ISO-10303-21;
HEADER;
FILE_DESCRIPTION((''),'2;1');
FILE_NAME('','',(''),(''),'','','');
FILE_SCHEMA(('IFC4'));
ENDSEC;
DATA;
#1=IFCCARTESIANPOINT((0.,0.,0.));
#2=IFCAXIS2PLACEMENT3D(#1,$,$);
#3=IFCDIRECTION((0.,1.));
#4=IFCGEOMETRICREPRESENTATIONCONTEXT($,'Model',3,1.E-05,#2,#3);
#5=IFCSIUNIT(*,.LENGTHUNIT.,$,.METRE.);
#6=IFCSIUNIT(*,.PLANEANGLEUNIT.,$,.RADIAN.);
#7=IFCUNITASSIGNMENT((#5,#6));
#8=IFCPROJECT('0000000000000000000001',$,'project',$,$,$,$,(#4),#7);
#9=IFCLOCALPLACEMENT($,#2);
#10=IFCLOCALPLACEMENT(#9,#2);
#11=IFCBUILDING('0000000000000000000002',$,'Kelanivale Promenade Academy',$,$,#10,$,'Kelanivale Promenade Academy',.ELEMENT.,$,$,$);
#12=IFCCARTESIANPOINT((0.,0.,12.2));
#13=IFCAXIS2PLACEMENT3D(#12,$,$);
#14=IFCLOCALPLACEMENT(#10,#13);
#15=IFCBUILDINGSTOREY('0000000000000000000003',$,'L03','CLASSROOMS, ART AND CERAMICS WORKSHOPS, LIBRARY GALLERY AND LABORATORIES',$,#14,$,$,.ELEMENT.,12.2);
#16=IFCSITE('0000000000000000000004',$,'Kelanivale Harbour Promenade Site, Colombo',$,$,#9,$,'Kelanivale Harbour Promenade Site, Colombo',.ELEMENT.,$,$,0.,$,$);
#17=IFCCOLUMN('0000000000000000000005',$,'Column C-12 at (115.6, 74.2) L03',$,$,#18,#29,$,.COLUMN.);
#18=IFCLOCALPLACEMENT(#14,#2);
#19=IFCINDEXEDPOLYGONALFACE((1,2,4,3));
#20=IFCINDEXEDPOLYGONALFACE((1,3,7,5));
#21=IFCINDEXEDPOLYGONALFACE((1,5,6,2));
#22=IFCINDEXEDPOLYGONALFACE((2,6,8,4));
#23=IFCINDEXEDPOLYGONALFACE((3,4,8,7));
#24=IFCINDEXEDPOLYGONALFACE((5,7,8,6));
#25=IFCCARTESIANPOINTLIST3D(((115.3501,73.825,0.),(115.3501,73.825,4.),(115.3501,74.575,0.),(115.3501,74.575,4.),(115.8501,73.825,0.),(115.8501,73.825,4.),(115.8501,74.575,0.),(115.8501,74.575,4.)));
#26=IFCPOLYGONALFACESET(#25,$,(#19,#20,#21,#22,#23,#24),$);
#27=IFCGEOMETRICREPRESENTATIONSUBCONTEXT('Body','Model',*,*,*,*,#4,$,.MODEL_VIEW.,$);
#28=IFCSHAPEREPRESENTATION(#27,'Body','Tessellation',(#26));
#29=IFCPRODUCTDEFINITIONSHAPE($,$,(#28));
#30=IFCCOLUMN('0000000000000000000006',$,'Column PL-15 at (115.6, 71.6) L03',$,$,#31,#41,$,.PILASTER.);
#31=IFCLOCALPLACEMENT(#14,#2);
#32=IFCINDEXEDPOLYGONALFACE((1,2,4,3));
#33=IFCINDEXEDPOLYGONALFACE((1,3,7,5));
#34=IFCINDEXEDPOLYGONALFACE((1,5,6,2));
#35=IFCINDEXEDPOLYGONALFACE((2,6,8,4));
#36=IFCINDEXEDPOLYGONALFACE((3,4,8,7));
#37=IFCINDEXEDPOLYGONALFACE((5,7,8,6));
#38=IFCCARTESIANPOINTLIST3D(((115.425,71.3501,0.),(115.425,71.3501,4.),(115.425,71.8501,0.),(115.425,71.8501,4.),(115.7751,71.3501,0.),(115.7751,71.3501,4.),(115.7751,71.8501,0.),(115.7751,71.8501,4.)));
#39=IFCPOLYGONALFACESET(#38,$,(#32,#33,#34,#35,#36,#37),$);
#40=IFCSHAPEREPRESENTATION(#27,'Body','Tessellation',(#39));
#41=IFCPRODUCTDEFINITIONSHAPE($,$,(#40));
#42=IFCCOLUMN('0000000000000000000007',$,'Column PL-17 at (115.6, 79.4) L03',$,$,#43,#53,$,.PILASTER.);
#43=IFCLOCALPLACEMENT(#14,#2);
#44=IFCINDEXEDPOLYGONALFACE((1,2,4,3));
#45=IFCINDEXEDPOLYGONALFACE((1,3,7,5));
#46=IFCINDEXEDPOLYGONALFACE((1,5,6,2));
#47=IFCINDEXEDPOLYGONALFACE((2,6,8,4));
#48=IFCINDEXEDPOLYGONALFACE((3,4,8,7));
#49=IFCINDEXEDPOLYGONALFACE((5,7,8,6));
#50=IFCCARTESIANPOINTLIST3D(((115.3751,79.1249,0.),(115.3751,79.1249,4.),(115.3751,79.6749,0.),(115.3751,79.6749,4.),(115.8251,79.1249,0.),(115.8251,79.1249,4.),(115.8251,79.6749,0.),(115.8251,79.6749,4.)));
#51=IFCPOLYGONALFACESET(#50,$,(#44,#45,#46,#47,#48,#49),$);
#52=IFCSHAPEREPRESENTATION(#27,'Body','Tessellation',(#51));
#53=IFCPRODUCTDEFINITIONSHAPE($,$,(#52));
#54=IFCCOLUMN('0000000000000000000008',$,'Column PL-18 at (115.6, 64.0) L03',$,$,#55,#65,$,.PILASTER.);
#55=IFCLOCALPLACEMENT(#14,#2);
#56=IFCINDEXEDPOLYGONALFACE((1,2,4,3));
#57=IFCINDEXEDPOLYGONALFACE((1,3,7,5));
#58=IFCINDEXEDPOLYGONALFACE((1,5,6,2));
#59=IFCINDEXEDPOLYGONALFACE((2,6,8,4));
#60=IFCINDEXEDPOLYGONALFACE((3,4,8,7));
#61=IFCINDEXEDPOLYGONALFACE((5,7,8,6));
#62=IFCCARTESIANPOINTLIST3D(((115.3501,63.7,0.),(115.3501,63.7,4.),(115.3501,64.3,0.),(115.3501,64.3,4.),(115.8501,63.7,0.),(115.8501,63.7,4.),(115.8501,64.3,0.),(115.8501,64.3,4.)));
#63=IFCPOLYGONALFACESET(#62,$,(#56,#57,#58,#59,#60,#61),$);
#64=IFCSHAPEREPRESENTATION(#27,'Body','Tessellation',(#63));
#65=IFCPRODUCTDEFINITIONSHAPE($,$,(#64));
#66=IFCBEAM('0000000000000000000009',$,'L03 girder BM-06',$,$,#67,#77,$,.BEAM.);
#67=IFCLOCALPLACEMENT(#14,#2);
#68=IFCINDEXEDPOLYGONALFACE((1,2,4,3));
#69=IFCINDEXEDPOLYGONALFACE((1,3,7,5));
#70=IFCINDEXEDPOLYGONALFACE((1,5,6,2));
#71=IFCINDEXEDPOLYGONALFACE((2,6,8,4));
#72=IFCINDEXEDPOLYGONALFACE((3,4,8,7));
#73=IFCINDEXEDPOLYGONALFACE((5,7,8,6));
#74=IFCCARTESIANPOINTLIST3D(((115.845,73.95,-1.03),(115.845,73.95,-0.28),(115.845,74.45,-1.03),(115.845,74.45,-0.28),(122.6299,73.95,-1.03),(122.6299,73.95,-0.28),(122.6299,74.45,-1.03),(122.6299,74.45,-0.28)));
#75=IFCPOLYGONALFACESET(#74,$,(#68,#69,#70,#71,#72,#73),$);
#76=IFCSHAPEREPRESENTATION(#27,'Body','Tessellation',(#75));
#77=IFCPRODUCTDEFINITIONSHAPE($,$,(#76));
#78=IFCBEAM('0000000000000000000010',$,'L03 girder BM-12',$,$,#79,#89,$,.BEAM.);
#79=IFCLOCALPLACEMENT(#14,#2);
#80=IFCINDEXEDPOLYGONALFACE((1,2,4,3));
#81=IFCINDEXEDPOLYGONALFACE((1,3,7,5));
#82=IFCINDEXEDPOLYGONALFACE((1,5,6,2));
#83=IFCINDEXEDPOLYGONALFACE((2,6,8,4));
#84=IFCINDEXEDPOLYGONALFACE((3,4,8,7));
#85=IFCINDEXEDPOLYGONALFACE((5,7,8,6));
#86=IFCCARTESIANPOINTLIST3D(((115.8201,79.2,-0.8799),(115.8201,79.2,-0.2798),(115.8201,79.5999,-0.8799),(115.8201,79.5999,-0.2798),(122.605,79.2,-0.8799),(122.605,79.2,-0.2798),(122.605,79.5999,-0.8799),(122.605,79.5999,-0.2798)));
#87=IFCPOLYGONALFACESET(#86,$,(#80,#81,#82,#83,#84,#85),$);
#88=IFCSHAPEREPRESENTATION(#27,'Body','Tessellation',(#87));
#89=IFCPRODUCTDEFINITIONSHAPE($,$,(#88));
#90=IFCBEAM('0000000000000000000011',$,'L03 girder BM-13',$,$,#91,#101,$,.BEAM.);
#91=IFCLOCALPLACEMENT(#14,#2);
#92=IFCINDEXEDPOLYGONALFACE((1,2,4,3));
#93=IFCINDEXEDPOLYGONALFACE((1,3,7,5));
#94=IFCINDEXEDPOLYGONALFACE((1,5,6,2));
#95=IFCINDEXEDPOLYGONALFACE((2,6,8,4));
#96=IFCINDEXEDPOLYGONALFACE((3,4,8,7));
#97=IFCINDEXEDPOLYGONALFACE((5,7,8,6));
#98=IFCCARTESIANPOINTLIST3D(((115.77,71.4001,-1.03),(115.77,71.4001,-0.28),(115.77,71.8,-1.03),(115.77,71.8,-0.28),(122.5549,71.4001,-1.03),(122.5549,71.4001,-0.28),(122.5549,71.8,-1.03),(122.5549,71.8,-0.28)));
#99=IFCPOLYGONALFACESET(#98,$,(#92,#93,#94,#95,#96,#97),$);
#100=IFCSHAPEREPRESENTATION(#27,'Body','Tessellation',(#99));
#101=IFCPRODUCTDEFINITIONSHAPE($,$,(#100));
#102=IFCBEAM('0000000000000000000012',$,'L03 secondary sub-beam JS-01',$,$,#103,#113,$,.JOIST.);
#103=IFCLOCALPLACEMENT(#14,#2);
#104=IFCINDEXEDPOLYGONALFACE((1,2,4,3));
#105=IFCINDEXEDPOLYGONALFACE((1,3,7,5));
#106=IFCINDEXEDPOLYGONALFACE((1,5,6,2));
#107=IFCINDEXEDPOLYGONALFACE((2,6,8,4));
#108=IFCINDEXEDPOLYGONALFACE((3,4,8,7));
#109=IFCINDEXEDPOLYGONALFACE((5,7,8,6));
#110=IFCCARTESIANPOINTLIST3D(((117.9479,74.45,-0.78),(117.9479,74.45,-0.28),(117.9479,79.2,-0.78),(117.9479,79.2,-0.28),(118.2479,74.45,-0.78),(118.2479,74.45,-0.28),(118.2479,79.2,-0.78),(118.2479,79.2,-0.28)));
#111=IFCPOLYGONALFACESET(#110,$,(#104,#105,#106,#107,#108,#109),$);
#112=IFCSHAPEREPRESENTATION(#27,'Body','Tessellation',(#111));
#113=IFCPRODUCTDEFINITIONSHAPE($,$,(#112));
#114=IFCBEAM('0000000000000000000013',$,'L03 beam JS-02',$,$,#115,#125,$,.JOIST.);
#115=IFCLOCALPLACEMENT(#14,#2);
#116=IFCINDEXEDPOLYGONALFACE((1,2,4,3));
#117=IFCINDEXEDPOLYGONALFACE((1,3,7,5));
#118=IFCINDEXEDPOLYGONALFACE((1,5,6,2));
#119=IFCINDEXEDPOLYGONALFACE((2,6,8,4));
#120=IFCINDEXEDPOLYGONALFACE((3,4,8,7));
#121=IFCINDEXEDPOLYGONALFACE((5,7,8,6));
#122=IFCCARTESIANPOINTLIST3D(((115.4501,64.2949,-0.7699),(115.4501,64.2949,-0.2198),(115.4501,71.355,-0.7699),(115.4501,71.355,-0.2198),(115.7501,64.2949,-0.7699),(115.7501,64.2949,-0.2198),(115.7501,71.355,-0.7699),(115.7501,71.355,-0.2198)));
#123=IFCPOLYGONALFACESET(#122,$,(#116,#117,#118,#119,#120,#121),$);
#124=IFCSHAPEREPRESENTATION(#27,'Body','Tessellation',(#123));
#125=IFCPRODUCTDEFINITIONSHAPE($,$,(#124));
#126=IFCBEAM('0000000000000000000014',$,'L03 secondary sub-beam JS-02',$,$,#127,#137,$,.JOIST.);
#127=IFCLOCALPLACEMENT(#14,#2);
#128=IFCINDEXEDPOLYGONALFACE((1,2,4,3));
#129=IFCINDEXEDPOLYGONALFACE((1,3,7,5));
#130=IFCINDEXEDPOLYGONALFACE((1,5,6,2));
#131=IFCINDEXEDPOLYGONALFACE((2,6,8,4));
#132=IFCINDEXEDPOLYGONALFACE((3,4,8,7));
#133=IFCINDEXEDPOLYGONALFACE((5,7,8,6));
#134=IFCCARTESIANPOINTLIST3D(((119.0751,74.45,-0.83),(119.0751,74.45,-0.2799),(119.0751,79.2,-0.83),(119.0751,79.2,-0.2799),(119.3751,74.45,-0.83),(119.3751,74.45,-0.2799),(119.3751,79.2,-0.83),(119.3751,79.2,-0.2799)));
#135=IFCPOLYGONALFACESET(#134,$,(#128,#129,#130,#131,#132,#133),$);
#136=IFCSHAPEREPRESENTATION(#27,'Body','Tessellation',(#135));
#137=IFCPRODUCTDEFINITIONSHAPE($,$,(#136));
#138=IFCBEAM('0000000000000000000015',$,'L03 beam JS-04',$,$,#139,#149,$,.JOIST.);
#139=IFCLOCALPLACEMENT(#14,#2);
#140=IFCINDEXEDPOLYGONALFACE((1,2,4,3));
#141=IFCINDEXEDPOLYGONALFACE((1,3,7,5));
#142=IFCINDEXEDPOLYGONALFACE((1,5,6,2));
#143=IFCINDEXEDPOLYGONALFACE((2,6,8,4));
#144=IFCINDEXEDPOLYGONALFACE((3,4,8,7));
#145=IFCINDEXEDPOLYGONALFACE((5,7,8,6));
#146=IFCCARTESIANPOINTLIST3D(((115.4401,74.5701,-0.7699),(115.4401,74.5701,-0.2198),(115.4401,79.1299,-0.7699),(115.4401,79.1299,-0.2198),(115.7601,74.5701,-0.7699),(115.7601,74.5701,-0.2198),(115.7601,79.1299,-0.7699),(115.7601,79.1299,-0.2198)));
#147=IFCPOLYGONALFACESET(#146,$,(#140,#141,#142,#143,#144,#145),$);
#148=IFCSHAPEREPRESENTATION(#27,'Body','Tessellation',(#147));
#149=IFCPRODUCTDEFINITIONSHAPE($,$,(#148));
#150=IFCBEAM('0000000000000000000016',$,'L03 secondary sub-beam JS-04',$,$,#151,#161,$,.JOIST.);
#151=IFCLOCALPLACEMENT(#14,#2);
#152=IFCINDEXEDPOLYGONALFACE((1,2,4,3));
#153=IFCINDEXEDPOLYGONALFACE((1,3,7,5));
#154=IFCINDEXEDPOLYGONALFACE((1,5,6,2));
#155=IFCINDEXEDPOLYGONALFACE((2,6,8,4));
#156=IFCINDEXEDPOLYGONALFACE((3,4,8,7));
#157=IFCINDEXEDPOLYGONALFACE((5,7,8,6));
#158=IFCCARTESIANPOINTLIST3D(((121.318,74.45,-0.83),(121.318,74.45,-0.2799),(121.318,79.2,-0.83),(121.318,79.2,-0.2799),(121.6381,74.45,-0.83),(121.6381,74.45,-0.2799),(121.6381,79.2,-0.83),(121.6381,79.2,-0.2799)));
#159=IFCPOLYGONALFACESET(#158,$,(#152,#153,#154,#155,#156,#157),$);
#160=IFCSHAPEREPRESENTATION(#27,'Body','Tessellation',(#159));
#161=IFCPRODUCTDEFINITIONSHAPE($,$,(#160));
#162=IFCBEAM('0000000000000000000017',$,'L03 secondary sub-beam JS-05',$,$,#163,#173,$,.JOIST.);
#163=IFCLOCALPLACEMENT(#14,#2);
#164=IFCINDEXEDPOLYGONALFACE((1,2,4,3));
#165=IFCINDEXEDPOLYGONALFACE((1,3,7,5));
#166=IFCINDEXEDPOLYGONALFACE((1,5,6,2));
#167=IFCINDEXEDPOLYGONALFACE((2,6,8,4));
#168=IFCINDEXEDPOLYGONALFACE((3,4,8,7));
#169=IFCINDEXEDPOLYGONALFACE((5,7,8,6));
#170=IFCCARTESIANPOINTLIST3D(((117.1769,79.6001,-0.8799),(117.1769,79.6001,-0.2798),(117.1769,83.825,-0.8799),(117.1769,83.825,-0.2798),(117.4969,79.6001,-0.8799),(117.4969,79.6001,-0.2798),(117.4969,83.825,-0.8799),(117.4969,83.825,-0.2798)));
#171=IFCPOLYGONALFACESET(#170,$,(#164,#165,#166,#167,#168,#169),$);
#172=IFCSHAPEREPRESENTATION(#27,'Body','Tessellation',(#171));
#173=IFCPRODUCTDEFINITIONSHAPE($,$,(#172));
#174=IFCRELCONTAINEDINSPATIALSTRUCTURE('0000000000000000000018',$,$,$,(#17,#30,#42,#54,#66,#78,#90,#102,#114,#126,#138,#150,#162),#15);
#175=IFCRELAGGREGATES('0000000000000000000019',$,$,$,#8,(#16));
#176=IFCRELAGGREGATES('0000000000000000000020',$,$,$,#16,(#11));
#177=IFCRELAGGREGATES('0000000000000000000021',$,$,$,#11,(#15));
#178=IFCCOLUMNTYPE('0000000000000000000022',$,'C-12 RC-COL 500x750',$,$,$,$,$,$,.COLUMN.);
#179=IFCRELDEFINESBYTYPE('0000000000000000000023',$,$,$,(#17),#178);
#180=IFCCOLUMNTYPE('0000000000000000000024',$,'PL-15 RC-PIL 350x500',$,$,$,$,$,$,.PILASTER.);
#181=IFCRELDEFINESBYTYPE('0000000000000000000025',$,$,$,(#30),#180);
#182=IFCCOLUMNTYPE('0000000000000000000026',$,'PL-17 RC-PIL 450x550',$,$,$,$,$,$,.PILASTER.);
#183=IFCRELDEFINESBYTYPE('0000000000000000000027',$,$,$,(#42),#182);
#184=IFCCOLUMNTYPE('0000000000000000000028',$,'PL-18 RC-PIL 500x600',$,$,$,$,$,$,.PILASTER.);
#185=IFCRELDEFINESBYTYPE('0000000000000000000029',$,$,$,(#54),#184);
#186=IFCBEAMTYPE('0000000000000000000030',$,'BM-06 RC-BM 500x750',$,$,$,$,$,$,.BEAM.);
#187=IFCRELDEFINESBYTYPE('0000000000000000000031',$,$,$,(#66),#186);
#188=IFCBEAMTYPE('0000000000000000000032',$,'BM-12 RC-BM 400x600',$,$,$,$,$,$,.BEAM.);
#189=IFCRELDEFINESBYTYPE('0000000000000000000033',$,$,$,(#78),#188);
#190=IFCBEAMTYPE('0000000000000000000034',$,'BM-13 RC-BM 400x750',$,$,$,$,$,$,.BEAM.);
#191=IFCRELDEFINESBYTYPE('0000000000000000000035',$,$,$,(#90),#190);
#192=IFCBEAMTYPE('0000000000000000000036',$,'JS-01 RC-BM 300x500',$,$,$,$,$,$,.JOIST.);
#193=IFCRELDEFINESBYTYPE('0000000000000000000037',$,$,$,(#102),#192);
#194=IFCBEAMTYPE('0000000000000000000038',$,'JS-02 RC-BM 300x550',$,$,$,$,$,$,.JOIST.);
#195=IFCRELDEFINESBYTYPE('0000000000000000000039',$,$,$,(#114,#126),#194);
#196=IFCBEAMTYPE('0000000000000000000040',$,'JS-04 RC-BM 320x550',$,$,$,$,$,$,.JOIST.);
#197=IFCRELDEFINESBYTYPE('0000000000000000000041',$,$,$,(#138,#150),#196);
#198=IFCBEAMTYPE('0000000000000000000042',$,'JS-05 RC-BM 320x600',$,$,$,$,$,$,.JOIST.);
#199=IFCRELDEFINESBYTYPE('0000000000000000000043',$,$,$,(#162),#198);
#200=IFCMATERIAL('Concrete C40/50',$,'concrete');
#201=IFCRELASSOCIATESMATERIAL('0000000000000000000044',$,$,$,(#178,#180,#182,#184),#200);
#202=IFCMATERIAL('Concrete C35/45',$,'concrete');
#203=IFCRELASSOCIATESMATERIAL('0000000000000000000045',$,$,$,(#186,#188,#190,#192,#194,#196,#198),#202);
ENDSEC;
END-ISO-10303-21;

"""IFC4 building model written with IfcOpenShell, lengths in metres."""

from ifc_helpers import new_model, si_unit, direction, frame, origin, origin_2d, place, context, subcontext, project, spatial, rectangle, extrude, material, material_profile, profile_set, type_object, element, save


model = new_model("IFC4")

# Units and contexts
model_context = context("Model", 3, precision=1e-05, world=origin(), true_north=direction((0.0, 1.0)))
body_context = subcontext(model_context, "Body", "Model", "MODEL_VIEW")
ifc_project = project(units=[si_unit("LENGTHUNIT", "METRE"), si_unit("PLANEANGLEUNIT", "RADIAN")], contexts=[model_context])

# Site, building, storey
site_placement = place(None, origin())
site = spatial("IfcSite", under=ifc_project, at=site_placement, Name="Kelanivale Harbour Promenade Site, Colombo", LongName="Kelanivale Harbour Promenade Site, Colombo", CompositionType="ELEMENT", RefElevation=0.0)
building_placement = place(site_placement, origin())
building = spatial("IfcBuilding", under=site, at=building_placement, Name="Kelanivale Promenade Academy", LongName="Kelanivale Promenade Academy", CompositionType="ELEMENT")
storey_placement = place(building_placement, frame((0.0, 0.0, 12.2)))
storey = spatial("IfcBuildingStorey", under=building, at=storey_placement, Name="L03", Description="CLASSROOMS, ART AND CERAMICS WORKSHOPS, LIBRARY GALLERY AND LABORATORIES", CompositionType="ELEMENT", Elevation=12.2)

# Columns
ifc_material_1 = material(Name="Concrete C40/50", Category="concrete")
ifc_material_profile_1 = material_profile(ifc_material_1, rectangle(XDim=0.5, YDim=0.75, at=origin_2d()), Name="RC-COL 500x750")
ifc_profile_set_1 = profile_set([ifc_material_profile_1], Name="Concrete C40/50")
column_type_1 = type_object("IfcColumnType", Name="C-12 RC-COL 500x750", PredefinedType="COLUMN", material=ifc_profile_set_1)
column_1_placement = place(storey_placement, frame((115.6001, 74.2, 0.0), z_axis=(0.0, 0.0, 1.0), x_axis=(1.0, 0.0, 0.0)))
element("IfcColumn", 1, at=column_1_placement, inside=storey, type_object=column_type_1, Name="Column C-12 at (115.6, 74.2) L03", PredefinedType="COLUMN", context=body_context, shape_type="SweptSolid", body=[
    extrude(rectangle(XDim=0.5, YDim=0.75, at=origin_2d()), origin(), (0.0, 0.0, 1.0), 4.0),
])
ifc_material_profile_2 = material_profile(ifc_material_1, rectangle(XDim=0.3501, YDim=0.5, at=origin_2d()), Name="RC-PIL 350x500")
ifc_profile_set_2 = profile_set([ifc_material_profile_2], Name="Concrete C40/50")
column_type_2 = type_object("IfcColumnType", Name="PL-15 RC-PIL 350x500", PredefinedType="PILASTER", material=ifc_profile_set_2)
column_2_placement = place(storey_placement, frame((115.6001, 71.6001, 0.0), z_axis=(0.0, 0.0, 1.0), x_axis=(1.0, 0.0, 0.0)))
element("IfcColumn", 2, at=column_2_placement, inside=storey, type_object=column_type_2, Name="Column PL-15 at (115.6, 71.6) L03", PredefinedType="PILASTER", context=body_context, shape_type="SweptSolid", body=[
    extrude(rectangle(XDim=0.3501, YDim=0.5, at=origin_2d()), origin(), (0.0, 0.0, 1.0), 4.0),
])
ifc_material_profile_3 = material_profile(ifc_material_1, rectangle(XDim=0.45, YDim=0.55, at=origin_2d()), Name="RC-PIL 450x550")
ifc_profile_set_3 = profile_set([ifc_material_profile_3], Name="Concrete C40/50")
column_type_3 = type_object("IfcColumnType", Name="PL-17 RC-PIL 450x550", PredefinedType="PILASTER", material=ifc_profile_set_3)
column_3_placement = place(storey_placement, frame((115.6001, 79.3999, 0.0), z_axis=(0.0, 0.0, 1.0), x_axis=(1.0, 0.0, 0.0)))
element("IfcColumn", 3, at=column_3_placement, inside=storey, type_object=column_type_3, Name="Column PL-17 at (115.6, 79.4) L03", PredefinedType="PILASTER", context=body_context, shape_type="SweptSolid", body=[
    extrude(rectangle(XDim=0.45, YDim=0.55, at=origin_2d()), origin(), (0.0, 0.0, 1.0), 4.0),
])
ifc_material_profile_4 = material_profile(ifc_material_1, rectangle(XDim=0.5, YDim=0.6001, at=origin_2d()), Name="RC-PIL 500x600")
ifc_profile_set_4 = profile_set([ifc_material_profile_4], Name="Concrete C40/50")
column_type_4 = type_object("IfcColumnType", Name="PL-18 RC-PIL 500x600", PredefinedType="PILASTER", material=ifc_profile_set_4)
column_4_placement = place(storey_placement, frame((115.6001, 64.0, 0.0), z_axis=(0.0, 0.0, 1.0), x_axis=(1.0, 0.0, 0.0)))
element("IfcColumn", 4, at=column_4_placement, inside=storey, type_object=column_type_4, Name="Column PL-18 at (115.6, 64.0) L03", PredefinedType="PILASTER", context=body_context, shape_type="SweptSolid", body=[
    extrude(rectangle(XDim=0.5, YDim=0.6001, at=origin_2d()), origin(), (0.0, 0.0, 1.0), 4.0),
])

# Beams
ifc_material_2 = material(Name="Concrete C35/45", Category="concrete")
ifc_material_profile_5 = material_profile(ifc_material_2, rectangle(XDim=0.5, YDim=0.75, at=origin_2d()), Name="RC-BM 500x750")
ifc_profile_set_5 = profile_set([ifc_material_profile_5], Name="Concrete C35/45")
beam_type_1 = type_object("IfcBeamType", Name="BM-06 RC-BM 500x750", PredefinedType="BEAM", material=ifc_profile_set_5)
beam_1_placement = place(storey_placement, frame((115.845, 74.2, -0.655), z_axis=(1.0, 0.0, 0.0), x_axis=(0.0, 1.0, 0.0)))
element("IfcBeam", 5, at=beam_1_placement, inside=storey, type_object=beam_type_1, Name="L03 girder BM-06", PredefinedType="BEAM", context=body_context, shape_type="SweptSolid", body=[
    extrude(rectangle(XDim=0.5, YDim=0.75, at=origin_2d()), origin(), (0.0, 0.0, 1.0), 6.7849),
])
ifc_material_profile_6 = material_profile(ifc_material_2, rectangle(XDim=0.3999, YDim=0.6001, at=origin_2d()), Name="RC-BM 400x600")
ifc_profile_set_6 = profile_set([ifc_material_profile_6], Name="Concrete C35/45")
beam_type_2 = type_object("IfcBeamType", Name="BM-12 RC-BM 400x600", PredefinedType="BEAM", material=ifc_profile_set_6)
beam_2_placement = place(storey_placement, frame((115.8201, 79.3999, -0.5798), z_axis=(1.0, 0.0, 0.0), x_axis=(0.0, 1.0, 0.0)))
element("IfcBeam", 6, at=beam_2_placement, inside=storey, type_object=beam_type_2, Name="L03 girder BM-12", PredefinedType="BEAM", context=body_context, shape_type="SweptSolid", body=[
    extrude(rectangle(XDim=0.3999, YDim=0.6001, at=origin_2d()), origin(), (0.0, 0.0, 1.0), 6.7849),
])
ifc_material_profile_7 = material_profile(ifc_material_2, rectangle(XDim=0.3999, YDim=0.75, at=origin_2d()), Name="RC-BM 400x750")
ifc_profile_set_7 = profile_set([ifc_material_profile_7], Name="Concrete C35/45")
beam_type_3 = type_object("IfcBeamType", Name="BM-13 RC-BM 400x750", PredefinedType="BEAM", material=ifc_profile_set_7)
beam_3_placement = place(storey_placement, frame((115.77, 71.6001, -0.655), z_axis=(1.0, 0.0, 0.0), x_axis=(0.0, 1.0, 0.0)))
element("IfcBeam", 7, at=beam_3_placement, inside=storey, type_object=beam_type_3, Name="L03 girder BM-13", PredefinedType="BEAM", context=body_context, shape_type="SweptSolid", body=[
    extrude(rectangle(XDim=0.3999, YDim=0.75, at=origin_2d()), origin(), (0.0, 0.0, 1.0), 6.7849),
])
ifc_material_profile_8 = material_profile(ifc_material_2, rectangle(XDim=0.3, YDim=0.5, at=origin_2d()), Name="RC-BM 300x500")
ifc_profile_set_8 = profile_set([ifc_material_profile_8], Name="Concrete C35/45")
beam_type_4 = type_object("IfcBeamType", Name="JS-01 RC-BM 300x500", PredefinedType="JOIST", material=ifc_profile_set_8)
beam_4_placement = place(storey_placement, frame((118.0979, 74.45, -0.53), z_axis=(0.0, 1.0, 0.0), x_axis=(-1.0, 0.0, 0.0)))
element("IfcBeam", 8, at=beam_4_placement, inside=storey, type_object=beam_type_4, Name="L03 secondary sub-beam JS-01", PredefinedType="JOIST", context=body_context, shape_type="SweptSolid", body=[
    extrude(rectangle(XDim=0.3, YDim=0.5, at=origin_2d()), origin(), (0.0, 0.0, 1.0), 4.75),
])
ifc_material_profile_9 = material_profile(ifc_material_2, rectangle(XDim=0.3, YDim=0.55, at=origin_2d()), Name="RC-BM 300x550")
ifc_profile_set_9 = profile_set([ifc_material_profile_9], Name="Concrete C35/45")
beam_type_5 = type_object("IfcBeamType", Name="JS-02 RC-BM 300x550", PredefinedType="JOIST", material=ifc_profile_set_9)
beam_5_placement = place(storey_placement, frame((115.6001, 64.2949, -0.4949), z_axis=(0.0, 1.0, 0.0), x_axis=(-1.0, 0.0, 0.0)))
element("IfcBeam", 9, at=beam_5_placement, inside=storey, type_object=beam_type_5, Name="L03 beam JS-02", PredefinedType="JOIST", context=body_context, shape_type="SweptSolid", body=[
    extrude(rectangle(XDim=0.3, YDim=0.55, at=origin_2d()), origin(), (0.0, 0.0, 1.0), 7.0601),
])
beam_6_placement = place(storey_placement, frame((119.2251, 74.45, -0.5549), z_axis=(0.0, 1.0, 0.0), x_axis=(-1.0, 0.0, 0.0)))
element("IfcBeam", 10, at=beam_6_placement, inside=storey, type_object=beam_type_5, Name="L03 secondary sub-beam JS-02", PredefinedType="JOIST", context=body_context, shape_type="SweptSolid", body=[
    extrude(rectangle(XDim=0.3, YDim=0.55, at=origin_2d()), origin(), (0.0, 0.0, 1.0), 4.75),
])
ifc_material_profile_10 = material_profile(ifc_material_2, rectangle(XDim=0.3201, YDim=0.55, at=origin_2d()), Name="RC-BM 320x550")
ifc_profile_set_10 = profile_set([ifc_material_profile_10], Name="Concrete C35/45")
beam_type_6 = type_object("IfcBeamType", Name="JS-04 RC-BM 320x550", PredefinedType="JOIST", material=ifc_profile_set_10)
beam_7_placement = place(storey_placement, frame((115.6001, 74.5701, -0.4949), z_axis=(0.0, 1.0, 0.0), x_axis=(-1.0, 0.0, 0.0)))
element("IfcBeam", 11, at=beam_7_placement, inside=storey, type_object=beam_type_6, Name="L03 beam JS-04", PredefinedType="JOIST", context=body_context, shape_type="SweptSolid", body=[
    extrude(rectangle(XDim=0.3201, YDim=0.55, at=origin_2d()), origin(), (0.0, 0.0, 1.0), 4.5598),
])
beam_8_placement = place(storey_placement, frame((121.478, 74.45, -0.5549), z_axis=(0.0, 1.0, 0.0), x_axis=(-1.0, 0.0, 0.0)))
element("IfcBeam", 12, at=beam_8_placement, inside=storey, type_object=beam_type_6, Name="L03 secondary sub-beam JS-04", PredefinedType="JOIST", context=body_context, shape_type="SweptSolid", body=[
    extrude(rectangle(XDim=0.3201, YDim=0.55, at=origin_2d()), origin(), (0.0, 0.0, 1.0), 4.75),
])
ifc_material_profile_11 = material_profile(ifc_material_2, rectangle(XDim=0.3201, YDim=0.6001, at=origin_2d()), Name="RC-BM 320x600")
ifc_profile_set_11 = profile_set([ifc_material_profile_11], Name="Concrete C35/45")
beam_type_7 = type_object("IfcBeamType", Name="JS-05 RC-BM 320x600", PredefinedType="JOIST", material=ifc_profile_set_11)
beam_9_placement = place(storey_placement, frame((117.3369, 79.6001, -0.5798), z_axis=(0.0, 1.0, 0.0), x_axis=(-1.0, 0.0, 0.0)))
element("IfcBeam", 13, at=beam_9_placement, inside=storey, type_object=beam_type_7, Name="L03 secondary sub-beam JS-05", PredefinedType="JOIST", context=body_context, shape_type="SweptSolid", body=[
    extrude(rectangle(XDim=0.3201, YDim=0.6001, at=origin_2d()), origin(), (0.0, 0.0, 1.0), 4.2249),
])

save(model, "model.ifc")
